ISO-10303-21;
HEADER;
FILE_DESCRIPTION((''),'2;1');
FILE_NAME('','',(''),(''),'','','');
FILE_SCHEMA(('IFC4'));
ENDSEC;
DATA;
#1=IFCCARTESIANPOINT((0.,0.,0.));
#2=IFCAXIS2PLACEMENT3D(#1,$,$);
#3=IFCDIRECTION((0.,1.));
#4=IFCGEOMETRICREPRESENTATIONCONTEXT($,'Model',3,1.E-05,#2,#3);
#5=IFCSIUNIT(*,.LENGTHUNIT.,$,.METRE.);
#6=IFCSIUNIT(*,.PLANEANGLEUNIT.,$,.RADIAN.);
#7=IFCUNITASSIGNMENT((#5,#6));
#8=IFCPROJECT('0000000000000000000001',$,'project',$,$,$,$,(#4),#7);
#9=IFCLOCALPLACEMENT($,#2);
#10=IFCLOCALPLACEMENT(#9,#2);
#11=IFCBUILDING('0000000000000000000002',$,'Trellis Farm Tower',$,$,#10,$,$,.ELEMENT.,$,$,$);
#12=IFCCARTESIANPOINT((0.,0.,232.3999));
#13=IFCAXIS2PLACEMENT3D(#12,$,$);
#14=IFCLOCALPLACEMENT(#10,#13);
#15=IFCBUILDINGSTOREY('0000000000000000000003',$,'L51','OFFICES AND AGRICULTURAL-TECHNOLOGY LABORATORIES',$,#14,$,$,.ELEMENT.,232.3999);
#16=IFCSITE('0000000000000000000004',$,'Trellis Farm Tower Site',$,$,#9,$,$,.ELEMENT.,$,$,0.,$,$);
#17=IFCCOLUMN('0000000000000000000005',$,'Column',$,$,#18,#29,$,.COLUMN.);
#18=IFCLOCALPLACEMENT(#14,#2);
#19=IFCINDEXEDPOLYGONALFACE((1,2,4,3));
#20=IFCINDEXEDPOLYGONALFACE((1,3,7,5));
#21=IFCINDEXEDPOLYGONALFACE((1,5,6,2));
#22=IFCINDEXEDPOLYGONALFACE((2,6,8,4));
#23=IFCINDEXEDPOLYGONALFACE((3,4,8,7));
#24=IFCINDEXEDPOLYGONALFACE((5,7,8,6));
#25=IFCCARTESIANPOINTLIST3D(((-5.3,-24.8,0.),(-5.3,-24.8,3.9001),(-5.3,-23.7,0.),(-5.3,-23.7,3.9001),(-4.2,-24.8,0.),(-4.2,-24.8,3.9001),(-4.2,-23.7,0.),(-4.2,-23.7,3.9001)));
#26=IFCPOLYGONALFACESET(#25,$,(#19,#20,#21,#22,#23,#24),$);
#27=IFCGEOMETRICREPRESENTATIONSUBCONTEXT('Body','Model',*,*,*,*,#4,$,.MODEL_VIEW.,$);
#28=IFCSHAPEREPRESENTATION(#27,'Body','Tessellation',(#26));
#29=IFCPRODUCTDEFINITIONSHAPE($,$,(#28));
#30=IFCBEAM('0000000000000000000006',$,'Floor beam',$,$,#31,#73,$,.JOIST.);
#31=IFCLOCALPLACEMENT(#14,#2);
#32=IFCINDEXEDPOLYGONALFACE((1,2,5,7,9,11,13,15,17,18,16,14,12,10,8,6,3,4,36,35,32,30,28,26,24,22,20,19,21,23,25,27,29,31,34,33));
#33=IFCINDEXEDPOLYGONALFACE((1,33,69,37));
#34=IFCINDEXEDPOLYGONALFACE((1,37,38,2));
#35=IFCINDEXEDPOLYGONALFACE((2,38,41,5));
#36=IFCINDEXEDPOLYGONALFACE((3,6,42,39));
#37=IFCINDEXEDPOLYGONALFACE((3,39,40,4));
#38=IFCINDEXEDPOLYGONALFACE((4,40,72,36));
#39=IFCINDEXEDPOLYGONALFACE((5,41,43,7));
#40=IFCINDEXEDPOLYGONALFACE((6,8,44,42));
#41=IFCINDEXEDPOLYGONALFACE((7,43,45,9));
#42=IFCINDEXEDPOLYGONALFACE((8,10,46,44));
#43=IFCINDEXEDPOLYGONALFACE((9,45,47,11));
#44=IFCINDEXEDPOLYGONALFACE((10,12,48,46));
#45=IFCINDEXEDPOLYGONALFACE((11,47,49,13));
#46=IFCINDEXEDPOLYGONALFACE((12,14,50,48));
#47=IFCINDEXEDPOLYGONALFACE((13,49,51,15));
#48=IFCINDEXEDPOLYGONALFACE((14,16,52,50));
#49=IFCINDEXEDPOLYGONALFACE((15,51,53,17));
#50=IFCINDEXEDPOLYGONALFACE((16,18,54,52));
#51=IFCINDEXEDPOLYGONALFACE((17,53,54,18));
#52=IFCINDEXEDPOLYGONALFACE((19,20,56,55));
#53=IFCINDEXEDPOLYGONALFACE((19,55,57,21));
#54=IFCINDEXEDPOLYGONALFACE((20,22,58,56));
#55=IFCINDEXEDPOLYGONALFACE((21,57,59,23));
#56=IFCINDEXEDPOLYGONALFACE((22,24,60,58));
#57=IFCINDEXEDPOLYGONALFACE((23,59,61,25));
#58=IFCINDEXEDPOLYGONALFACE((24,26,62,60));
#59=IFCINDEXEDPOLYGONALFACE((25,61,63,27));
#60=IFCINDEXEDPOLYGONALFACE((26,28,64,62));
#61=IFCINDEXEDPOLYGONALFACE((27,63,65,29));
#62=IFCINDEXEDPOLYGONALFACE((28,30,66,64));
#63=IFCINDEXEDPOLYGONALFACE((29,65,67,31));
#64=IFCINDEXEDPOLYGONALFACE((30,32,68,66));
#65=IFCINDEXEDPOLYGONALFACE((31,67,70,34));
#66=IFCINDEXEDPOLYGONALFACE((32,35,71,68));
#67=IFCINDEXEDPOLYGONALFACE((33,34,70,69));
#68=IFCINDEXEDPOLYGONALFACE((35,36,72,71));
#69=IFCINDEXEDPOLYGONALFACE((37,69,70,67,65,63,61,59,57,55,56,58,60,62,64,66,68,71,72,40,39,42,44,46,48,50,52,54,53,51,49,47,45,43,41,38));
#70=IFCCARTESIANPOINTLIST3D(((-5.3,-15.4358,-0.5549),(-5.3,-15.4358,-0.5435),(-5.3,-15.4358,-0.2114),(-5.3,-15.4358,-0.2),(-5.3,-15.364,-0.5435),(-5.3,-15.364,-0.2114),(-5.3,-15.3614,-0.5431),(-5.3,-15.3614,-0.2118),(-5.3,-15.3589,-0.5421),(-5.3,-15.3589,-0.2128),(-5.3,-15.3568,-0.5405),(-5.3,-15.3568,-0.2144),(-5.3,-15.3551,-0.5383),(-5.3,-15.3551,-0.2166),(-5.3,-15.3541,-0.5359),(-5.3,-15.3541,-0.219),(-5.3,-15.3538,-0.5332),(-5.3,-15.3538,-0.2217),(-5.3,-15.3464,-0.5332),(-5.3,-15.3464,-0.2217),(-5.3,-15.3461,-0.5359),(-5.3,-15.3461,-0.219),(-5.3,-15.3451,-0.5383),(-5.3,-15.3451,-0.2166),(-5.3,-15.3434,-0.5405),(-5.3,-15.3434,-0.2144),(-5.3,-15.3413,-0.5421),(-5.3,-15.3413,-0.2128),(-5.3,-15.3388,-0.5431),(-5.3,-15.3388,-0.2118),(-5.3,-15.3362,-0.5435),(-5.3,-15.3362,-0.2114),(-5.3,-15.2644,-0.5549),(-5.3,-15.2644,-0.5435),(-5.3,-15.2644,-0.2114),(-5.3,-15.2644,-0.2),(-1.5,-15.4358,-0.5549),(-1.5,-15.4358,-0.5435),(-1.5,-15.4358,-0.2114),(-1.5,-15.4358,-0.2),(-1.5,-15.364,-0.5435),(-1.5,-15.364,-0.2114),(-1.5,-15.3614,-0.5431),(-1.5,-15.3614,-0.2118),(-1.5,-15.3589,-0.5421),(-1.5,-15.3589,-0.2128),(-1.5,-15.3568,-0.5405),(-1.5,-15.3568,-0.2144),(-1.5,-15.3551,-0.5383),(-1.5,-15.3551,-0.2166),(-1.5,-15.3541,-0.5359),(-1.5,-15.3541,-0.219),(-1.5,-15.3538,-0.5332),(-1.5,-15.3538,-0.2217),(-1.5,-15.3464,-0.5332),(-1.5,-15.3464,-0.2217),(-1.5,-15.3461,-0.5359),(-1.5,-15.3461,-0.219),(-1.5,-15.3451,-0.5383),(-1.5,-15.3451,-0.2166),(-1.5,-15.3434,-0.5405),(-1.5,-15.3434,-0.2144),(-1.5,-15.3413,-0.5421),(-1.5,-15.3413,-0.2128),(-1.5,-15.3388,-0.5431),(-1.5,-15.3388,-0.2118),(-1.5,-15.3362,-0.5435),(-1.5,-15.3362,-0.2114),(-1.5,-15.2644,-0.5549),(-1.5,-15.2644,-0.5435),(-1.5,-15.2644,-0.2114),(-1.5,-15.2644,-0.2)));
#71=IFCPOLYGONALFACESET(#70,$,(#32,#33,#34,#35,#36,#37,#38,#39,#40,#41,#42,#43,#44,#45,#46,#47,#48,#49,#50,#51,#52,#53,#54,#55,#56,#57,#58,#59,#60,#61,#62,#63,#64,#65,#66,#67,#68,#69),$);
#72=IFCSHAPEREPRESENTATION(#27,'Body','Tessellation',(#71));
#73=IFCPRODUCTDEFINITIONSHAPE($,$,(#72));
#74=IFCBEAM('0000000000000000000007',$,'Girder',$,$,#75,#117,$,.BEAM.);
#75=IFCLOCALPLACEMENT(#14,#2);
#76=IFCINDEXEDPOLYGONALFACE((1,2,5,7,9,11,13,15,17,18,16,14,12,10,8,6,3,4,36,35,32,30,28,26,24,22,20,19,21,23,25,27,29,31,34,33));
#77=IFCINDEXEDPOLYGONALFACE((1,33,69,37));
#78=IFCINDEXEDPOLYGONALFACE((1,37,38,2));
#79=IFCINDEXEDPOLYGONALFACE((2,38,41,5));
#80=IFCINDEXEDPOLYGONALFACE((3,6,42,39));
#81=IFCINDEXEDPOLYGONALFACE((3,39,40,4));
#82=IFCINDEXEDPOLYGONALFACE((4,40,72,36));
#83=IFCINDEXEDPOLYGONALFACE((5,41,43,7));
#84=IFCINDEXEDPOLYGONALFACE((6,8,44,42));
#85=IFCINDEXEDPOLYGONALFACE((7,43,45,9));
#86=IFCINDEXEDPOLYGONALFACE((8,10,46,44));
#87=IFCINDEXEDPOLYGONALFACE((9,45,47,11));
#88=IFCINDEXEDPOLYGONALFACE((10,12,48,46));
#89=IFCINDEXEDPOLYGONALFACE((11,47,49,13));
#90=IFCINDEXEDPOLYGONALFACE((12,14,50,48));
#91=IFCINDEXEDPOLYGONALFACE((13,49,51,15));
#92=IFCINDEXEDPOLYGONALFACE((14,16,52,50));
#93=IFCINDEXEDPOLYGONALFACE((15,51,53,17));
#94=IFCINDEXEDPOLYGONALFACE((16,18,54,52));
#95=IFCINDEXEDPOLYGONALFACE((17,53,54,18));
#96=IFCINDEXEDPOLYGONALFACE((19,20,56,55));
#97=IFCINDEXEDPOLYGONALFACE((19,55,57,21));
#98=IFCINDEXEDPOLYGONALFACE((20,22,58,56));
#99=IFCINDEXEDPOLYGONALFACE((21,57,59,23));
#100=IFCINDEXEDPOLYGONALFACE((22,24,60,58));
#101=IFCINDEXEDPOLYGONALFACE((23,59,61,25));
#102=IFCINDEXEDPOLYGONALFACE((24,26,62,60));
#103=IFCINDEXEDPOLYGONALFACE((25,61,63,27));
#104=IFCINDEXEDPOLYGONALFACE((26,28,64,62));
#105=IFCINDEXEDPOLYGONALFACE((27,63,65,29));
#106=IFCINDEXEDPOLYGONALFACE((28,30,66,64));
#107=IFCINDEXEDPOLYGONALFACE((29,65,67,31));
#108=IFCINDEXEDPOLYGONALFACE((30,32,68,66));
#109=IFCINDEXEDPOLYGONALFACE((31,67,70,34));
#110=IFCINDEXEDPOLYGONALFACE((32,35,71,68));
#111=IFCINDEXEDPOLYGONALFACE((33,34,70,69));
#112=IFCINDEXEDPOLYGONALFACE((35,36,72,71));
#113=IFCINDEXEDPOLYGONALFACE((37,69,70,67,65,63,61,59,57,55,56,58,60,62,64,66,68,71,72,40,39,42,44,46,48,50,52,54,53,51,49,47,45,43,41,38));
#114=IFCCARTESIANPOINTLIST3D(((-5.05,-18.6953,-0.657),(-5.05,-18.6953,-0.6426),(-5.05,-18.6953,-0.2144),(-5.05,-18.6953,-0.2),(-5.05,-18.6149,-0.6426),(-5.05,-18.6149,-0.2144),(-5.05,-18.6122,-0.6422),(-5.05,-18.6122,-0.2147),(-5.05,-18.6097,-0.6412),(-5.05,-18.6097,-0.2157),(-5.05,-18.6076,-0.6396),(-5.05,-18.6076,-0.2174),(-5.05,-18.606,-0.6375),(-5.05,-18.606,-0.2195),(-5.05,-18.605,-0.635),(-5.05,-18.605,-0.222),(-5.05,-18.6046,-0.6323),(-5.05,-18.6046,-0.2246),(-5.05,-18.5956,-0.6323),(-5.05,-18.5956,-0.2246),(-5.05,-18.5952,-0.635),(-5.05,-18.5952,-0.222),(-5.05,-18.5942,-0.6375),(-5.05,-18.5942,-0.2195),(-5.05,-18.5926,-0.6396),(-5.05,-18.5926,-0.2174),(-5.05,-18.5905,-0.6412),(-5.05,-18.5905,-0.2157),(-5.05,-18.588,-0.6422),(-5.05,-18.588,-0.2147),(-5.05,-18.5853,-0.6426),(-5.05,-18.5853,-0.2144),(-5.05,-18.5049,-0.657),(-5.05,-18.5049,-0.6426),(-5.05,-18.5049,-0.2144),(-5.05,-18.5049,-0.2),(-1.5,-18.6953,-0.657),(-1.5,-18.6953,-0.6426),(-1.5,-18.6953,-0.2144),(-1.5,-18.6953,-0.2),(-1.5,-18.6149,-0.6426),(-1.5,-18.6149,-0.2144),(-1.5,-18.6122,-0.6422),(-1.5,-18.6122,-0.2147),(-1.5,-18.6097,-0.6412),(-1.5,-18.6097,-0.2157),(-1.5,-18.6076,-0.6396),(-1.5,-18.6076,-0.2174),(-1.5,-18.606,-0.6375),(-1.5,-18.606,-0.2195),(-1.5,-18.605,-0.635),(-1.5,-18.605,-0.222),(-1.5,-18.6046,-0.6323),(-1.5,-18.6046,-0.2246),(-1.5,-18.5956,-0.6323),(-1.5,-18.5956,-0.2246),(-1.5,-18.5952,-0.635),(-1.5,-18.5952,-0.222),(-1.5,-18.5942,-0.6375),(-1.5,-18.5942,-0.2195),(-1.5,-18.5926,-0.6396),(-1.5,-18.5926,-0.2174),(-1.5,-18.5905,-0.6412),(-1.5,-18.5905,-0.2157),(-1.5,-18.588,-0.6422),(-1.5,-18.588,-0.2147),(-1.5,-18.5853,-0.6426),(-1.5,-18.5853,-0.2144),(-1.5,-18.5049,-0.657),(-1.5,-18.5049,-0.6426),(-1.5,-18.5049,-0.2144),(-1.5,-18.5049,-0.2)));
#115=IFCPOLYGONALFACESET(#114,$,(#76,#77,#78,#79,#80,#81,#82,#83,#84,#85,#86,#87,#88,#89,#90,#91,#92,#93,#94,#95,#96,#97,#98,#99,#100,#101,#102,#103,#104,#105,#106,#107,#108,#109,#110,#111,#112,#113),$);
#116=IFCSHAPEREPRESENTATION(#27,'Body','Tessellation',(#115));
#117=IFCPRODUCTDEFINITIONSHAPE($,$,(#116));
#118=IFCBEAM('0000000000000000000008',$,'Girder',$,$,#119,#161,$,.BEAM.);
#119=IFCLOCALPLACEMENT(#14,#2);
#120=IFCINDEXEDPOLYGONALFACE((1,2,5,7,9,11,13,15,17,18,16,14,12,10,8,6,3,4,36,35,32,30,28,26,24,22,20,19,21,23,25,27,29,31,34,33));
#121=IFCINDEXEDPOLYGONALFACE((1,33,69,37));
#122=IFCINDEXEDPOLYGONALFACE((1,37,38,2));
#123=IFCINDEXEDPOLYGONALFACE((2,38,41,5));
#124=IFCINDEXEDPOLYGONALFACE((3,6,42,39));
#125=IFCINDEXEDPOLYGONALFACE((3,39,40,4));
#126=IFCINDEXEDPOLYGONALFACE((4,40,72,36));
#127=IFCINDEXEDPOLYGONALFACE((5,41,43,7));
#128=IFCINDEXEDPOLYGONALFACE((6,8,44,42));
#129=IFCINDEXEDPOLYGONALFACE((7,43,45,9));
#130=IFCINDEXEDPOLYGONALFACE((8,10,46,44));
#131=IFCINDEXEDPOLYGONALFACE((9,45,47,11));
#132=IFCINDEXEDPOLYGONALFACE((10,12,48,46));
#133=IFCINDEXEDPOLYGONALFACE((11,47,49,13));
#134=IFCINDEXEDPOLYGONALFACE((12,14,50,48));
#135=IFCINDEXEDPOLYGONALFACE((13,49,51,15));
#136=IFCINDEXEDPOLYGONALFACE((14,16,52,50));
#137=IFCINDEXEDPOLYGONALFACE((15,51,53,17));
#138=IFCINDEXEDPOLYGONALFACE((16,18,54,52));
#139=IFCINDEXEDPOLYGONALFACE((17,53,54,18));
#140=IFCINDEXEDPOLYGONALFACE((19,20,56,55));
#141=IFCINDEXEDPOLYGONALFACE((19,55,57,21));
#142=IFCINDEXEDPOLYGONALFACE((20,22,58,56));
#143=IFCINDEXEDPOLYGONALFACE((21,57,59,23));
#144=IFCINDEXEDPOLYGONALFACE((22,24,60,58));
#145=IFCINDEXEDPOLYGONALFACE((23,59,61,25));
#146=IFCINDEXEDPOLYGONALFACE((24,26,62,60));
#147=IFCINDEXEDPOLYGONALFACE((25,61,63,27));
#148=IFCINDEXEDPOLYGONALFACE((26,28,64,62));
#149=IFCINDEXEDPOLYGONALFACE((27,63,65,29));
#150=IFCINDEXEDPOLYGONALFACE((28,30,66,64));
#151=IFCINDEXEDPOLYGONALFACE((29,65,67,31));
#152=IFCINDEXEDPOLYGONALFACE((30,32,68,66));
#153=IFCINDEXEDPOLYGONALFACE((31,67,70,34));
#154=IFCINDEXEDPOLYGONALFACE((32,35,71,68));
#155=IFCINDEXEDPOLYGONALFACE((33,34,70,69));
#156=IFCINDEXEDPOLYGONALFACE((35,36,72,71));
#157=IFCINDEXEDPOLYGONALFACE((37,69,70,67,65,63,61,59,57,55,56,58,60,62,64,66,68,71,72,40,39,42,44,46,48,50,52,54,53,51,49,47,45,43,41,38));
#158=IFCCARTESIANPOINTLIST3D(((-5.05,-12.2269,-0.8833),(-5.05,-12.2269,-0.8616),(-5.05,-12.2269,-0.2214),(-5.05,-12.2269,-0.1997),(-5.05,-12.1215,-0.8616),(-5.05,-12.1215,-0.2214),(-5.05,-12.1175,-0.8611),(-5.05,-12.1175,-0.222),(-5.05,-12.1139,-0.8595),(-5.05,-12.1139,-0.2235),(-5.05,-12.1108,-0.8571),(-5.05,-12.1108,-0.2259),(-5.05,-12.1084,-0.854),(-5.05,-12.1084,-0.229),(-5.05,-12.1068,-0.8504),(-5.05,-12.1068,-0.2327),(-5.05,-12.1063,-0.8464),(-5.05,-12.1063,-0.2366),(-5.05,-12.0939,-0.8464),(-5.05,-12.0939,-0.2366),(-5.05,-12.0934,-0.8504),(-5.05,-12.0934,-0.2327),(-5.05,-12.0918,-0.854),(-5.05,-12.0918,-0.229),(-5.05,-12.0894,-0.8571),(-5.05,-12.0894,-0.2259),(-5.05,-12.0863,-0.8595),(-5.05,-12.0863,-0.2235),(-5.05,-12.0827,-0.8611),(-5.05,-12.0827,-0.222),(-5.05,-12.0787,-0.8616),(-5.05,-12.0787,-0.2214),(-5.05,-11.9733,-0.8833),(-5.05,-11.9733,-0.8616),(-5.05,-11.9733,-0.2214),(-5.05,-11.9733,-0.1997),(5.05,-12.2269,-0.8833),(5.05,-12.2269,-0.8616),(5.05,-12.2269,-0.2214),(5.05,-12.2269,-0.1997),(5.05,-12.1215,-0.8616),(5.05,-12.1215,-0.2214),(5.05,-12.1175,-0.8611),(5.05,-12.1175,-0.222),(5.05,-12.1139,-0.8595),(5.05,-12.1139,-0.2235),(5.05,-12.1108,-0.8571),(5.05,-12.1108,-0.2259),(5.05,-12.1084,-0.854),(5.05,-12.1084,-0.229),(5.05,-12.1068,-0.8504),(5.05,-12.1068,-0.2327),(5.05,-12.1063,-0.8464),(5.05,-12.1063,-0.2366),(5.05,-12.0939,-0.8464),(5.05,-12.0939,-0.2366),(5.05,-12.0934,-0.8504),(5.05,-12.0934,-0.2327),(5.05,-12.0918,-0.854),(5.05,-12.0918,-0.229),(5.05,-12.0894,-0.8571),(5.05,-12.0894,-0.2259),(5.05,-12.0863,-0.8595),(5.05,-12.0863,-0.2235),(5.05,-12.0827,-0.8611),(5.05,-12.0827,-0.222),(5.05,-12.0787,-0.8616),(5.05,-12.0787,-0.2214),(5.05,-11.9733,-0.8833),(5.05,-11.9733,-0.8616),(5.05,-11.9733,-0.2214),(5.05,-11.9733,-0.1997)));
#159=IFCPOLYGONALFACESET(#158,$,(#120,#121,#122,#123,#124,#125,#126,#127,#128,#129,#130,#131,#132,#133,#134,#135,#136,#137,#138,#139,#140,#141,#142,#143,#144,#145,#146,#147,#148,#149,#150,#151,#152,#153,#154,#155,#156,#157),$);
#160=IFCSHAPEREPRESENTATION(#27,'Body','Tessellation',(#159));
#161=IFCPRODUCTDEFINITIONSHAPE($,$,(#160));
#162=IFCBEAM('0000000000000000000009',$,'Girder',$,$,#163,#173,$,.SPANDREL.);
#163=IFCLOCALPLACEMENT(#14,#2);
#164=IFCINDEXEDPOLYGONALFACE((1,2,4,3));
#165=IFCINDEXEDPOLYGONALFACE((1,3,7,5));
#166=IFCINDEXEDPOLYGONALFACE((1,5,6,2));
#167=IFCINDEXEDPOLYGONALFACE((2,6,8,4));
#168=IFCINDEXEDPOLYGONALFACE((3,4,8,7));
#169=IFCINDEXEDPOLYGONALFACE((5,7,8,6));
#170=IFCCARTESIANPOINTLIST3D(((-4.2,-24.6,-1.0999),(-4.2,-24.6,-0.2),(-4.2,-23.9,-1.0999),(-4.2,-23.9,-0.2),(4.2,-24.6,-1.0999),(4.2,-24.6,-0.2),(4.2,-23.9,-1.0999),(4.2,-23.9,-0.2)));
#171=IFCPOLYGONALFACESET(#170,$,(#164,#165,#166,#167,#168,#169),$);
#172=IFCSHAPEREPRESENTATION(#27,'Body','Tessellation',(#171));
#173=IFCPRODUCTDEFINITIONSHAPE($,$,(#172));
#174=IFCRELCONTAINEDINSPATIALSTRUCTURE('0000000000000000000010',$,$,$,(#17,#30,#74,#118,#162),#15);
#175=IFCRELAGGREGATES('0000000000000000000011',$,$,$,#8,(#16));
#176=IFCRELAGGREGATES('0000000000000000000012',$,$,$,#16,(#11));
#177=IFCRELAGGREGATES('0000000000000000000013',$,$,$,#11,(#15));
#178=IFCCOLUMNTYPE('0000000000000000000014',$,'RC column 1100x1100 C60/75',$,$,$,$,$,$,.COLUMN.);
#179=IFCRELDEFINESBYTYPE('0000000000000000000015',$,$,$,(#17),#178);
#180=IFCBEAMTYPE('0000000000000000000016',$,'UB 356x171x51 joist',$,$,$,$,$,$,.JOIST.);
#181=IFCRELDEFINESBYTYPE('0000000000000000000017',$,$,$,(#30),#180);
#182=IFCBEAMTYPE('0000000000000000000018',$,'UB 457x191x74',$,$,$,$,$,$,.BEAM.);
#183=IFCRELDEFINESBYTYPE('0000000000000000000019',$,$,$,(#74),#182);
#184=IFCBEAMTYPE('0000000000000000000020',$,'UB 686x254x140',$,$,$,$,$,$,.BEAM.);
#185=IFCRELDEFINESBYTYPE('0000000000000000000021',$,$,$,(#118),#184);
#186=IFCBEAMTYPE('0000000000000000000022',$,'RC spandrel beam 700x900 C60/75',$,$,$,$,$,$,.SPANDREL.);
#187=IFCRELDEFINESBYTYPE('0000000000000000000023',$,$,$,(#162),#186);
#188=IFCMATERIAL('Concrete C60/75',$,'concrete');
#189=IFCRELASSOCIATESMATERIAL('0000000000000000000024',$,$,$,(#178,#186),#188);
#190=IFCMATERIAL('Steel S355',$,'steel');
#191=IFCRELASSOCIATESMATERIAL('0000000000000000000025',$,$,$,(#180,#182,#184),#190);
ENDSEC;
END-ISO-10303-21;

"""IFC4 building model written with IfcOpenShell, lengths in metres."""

from ifc_helpers import new_model, si_unit, direction, frame, origin, origin_2d, place, context, subcontext, project, spatial, rectangle, i_section, extrude, source, transform, mapped, material, material_profile, profile_set, type_object, element, save


model = new_model("IFC4")

# Units and contexts
model_context = context("Model", 3, precision=1e-05, world=origin(), true_north=direction((0.0, 1.0)))
body_context = subcontext(model_context, "Body", "Model", "MODEL_VIEW")
ifc_project = project(units=[si_unit("LENGTHUNIT", "METRE"), si_unit("PLANEANGLEUNIT", "RADIAN")], contexts=[model_context])

# Site, building, storey
site_placement = place(None, origin())
site = spatial("IfcSite", under=ifc_project, at=site_placement, Name="Trellis Farm Tower Site", CompositionType="ELEMENT", RefElevation=0.0)
building_placement = place(site_placement, origin())
building = spatial("IfcBuilding", under=site, at=building_placement, Name="Trellis Farm Tower", CompositionType="ELEMENT")
storey_placement = place(building_placement, frame((0.0, 0.0, 232.3999)))
storey = spatial("IfcBuildingStorey", under=building, at=storey_placement, Name="L51", Description="OFFICES AND AGRICULTURAL-TECHNOLOGY LABORATORIES", CompositionType="ELEMENT", Elevation=232.3999)

# Column
ifc_material_1 = material(Name="Concrete C60/75", Category="concrete")
ifc_material_profile_1 = material_profile(ifc_material_1, rectangle(XDim=1.1001, YDim=1.1001, at=origin_2d()), Name="RC column 1100x1100 C60/75")
ifc_profile_set_1 = profile_set([ifc_material_profile_1], Name="Concrete C60/75")
column_type = type_object("IfcColumnType", Name="RC column 1100x1100 C60/75", PredefinedType="COLUMN", material=ifc_profile_set_1)
shared_shape_1 = source(origin(), body_context, "Body", "SweptSolid", [
    extrude(rectangle(XDim=1.1001, YDim=1.1001, at=origin_2d()), origin(), (0.0, 0.0, 1.0), 3.9001),
])
column_placement = place(storey_placement, frame((-4.75, -24.25, 0.0), z_axis=(0.0, 0.0, 1.0), x_axis=(1.0, 0.0, 0.0)))
element("IfcColumn", 1, at=column_placement, inside=storey, type_object=column_type, Name="Column", PredefinedType="COLUMN", context=body_context, shape_type="MappedRepresentation", body=[
    mapped(shared_shape_1, transform((0.0, 0.0, 0.0))),
])

# Beams
ifc_material_2 = material(Name="Steel S355", Category="steel")
ifc_material_profile_2 = material_profile(ifc_material_2, i_section(OverallWidth=0.1714, OverallDepth=0.355, WebThickness=0.0073, FlangeThickness=0.0115, FilletRadius=0.0103, at=origin_2d()), Name="UB 356x171x51")
ifc_profile_set_2 = profile_set([ifc_material_profile_2], Name="Steel S355")
beam_type_1 = type_object("IfcBeamType", Name="UB 356x171x51 joist", PredefinedType="JOIST", material=ifc_profile_set_2)
shared_shape_2 = source(origin(), body_context, "Body", "SweptSolid", [
    extrude(i_section(OverallWidth=0.1714, OverallDepth=0.355, WebThickness=0.0073, FlangeThickness=0.0115, FilletRadius=0.0103, at=origin_2d()), origin(), (0.0, 0.0, 1.0), 3.8),
])
beam_1_placement = place(storey_placement, frame((-5.3, -15.3501, -0.3774), z_axis=(1.0, 0.0, 0.0), x_axis=(0.0, 1.0, 0.0)))
element("IfcBeam", 2, at=beam_1_placement, inside=storey, type_object=beam_type_1, Name="Floor beam", PredefinedType="JOIST", context=body_context, shape_type="MappedRepresentation", body=[
    mapped(shared_shape_2, transform((0.0, 0.0, 0.0))),
])
ifc_material_profile_3 = material_profile(ifc_material_2, i_section(OverallWidth=0.1904, OverallDepth=0.457, WebThickness=0.009, FlangeThickness=0.0144, FilletRadius=0.0103, at=origin_2d()), Name="UB 457x191x74")
ifc_profile_set_3 = profile_set([ifc_material_profile_3], Name="Steel S355")
beam_type_2 = type_object("IfcBeamType", Name="UB 457x191x74", PredefinedType="BEAM", material=ifc_profile_set_3)
shared_shape_3 = source(origin(), body_context, "Body", "SweptSolid", [
    extrude(i_section(OverallWidth=0.1904, OverallDepth=0.457, WebThickness=0.009, FlangeThickness=0.0144, FilletRadius=0.0103, at=origin_2d()), origin(), (0.0, 0.0, 1.0), 3.55),
])
beam_2_placement = place(storey_placement, frame((-5.05, -18.6001, -0.4285), z_axis=(1.0, 0.0, 0.0), x_axis=(0.0, 1.0, 0.0)))
element("IfcBeam", 3, at=beam_2_placement, inside=storey, type_object=beam_type_2, Name="Girder", PredefinedType="BEAM", context=body_context, shape_type="MappedRepresentation", body=[
    mapped(shared_shape_3, transform((0.0, 0.0, 0.0))),
])
ifc_material_profile_4 = material_profile(ifc_material_2, i_section(OverallWidth=0.2537, OverallDepth=0.6836, WebThickness=0.0125, FlangeThickness=0.0217, FilletRadius=0.0151, at=origin_2d()), Name="UB 686x254x140")
ifc_profile_set_4 = profile_set([ifc_material_profile_4], Name="Steel S355")
beam_type_3 = type_object("IfcBeamType", Name="UB 686x254x140", PredefinedType="BEAM", material=ifc_profile_set_4)
shared_shape_4 = source(origin(), body_context, "Body", "SweptSolid", [
    extrude(i_section(OverallWidth=0.2537, OverallDepth=0.6836, WebThickness=0.0125, FlangeThickness=0.0217, FilletRadius=0.0151, at=origin_2d()), origin(), (0.0, 0.0, 1.0), 10.1001),
])
beam_3_placement = place(storey_placement, frame((-5.05, -12.1001, -0.5415), z_axis=(1.0, 0.0, 0.0), x_axis=(0.0, 1.0, 0.0)))
element("IfcBeam", 4, at=beam_3_placement, inside=storey, type_object=beam_type_3, Name="Girder", PredefinedType="BEAM", context=body_context, shape_type="MappedRepresentation", body=[
    mapped(shared_shape_4, transform((0.0, 0.0, 0.0))),
])
ifc_material_profile_5 = material_profile(ifc_material_1, rectangle(XDim=0.7, YDim=0.8999, at=origin_2d()), Name="RC spandrel beam 700x900 C60/75")
ifc_profile_set_5 = profile_set([ifc_material_profile_5], Name="Concrete C60/75")
beam_type_4 = type_object("IfcBeamType", Name="RC spandrel beam 700x900 C60/75", PredefinedType="SPANDREL", material=ifc_profile_set_5)
shared_shape_5 = source(origin(), body_context, "Body", "SweptSolid", [
    extrude(rectangle(XDim=0.7, YDim=0.8999, at=origin_2d()), origin(), (0.0, 0.0, 1.0), 8.3999),
])
beam_4_placement = place(storey_placement, frame((-4.2, -24.25, -0.6499), z_axis=(1.0, 0.0, 0.0), x_axis=(0.0, 1.0, 0.0)))
element("IfcBeam", 5, at=beam_4_placement, inside=storey, type_object=beam_type_4, Name="Girder", PredefinedType="SPANDREL", context=body_context, shape_type="MappedRepresentation", body=[
    mapped(shared_shape_5, transform((0.0, 0.0, 0.0))),
])

save(model, "model.ifc")
